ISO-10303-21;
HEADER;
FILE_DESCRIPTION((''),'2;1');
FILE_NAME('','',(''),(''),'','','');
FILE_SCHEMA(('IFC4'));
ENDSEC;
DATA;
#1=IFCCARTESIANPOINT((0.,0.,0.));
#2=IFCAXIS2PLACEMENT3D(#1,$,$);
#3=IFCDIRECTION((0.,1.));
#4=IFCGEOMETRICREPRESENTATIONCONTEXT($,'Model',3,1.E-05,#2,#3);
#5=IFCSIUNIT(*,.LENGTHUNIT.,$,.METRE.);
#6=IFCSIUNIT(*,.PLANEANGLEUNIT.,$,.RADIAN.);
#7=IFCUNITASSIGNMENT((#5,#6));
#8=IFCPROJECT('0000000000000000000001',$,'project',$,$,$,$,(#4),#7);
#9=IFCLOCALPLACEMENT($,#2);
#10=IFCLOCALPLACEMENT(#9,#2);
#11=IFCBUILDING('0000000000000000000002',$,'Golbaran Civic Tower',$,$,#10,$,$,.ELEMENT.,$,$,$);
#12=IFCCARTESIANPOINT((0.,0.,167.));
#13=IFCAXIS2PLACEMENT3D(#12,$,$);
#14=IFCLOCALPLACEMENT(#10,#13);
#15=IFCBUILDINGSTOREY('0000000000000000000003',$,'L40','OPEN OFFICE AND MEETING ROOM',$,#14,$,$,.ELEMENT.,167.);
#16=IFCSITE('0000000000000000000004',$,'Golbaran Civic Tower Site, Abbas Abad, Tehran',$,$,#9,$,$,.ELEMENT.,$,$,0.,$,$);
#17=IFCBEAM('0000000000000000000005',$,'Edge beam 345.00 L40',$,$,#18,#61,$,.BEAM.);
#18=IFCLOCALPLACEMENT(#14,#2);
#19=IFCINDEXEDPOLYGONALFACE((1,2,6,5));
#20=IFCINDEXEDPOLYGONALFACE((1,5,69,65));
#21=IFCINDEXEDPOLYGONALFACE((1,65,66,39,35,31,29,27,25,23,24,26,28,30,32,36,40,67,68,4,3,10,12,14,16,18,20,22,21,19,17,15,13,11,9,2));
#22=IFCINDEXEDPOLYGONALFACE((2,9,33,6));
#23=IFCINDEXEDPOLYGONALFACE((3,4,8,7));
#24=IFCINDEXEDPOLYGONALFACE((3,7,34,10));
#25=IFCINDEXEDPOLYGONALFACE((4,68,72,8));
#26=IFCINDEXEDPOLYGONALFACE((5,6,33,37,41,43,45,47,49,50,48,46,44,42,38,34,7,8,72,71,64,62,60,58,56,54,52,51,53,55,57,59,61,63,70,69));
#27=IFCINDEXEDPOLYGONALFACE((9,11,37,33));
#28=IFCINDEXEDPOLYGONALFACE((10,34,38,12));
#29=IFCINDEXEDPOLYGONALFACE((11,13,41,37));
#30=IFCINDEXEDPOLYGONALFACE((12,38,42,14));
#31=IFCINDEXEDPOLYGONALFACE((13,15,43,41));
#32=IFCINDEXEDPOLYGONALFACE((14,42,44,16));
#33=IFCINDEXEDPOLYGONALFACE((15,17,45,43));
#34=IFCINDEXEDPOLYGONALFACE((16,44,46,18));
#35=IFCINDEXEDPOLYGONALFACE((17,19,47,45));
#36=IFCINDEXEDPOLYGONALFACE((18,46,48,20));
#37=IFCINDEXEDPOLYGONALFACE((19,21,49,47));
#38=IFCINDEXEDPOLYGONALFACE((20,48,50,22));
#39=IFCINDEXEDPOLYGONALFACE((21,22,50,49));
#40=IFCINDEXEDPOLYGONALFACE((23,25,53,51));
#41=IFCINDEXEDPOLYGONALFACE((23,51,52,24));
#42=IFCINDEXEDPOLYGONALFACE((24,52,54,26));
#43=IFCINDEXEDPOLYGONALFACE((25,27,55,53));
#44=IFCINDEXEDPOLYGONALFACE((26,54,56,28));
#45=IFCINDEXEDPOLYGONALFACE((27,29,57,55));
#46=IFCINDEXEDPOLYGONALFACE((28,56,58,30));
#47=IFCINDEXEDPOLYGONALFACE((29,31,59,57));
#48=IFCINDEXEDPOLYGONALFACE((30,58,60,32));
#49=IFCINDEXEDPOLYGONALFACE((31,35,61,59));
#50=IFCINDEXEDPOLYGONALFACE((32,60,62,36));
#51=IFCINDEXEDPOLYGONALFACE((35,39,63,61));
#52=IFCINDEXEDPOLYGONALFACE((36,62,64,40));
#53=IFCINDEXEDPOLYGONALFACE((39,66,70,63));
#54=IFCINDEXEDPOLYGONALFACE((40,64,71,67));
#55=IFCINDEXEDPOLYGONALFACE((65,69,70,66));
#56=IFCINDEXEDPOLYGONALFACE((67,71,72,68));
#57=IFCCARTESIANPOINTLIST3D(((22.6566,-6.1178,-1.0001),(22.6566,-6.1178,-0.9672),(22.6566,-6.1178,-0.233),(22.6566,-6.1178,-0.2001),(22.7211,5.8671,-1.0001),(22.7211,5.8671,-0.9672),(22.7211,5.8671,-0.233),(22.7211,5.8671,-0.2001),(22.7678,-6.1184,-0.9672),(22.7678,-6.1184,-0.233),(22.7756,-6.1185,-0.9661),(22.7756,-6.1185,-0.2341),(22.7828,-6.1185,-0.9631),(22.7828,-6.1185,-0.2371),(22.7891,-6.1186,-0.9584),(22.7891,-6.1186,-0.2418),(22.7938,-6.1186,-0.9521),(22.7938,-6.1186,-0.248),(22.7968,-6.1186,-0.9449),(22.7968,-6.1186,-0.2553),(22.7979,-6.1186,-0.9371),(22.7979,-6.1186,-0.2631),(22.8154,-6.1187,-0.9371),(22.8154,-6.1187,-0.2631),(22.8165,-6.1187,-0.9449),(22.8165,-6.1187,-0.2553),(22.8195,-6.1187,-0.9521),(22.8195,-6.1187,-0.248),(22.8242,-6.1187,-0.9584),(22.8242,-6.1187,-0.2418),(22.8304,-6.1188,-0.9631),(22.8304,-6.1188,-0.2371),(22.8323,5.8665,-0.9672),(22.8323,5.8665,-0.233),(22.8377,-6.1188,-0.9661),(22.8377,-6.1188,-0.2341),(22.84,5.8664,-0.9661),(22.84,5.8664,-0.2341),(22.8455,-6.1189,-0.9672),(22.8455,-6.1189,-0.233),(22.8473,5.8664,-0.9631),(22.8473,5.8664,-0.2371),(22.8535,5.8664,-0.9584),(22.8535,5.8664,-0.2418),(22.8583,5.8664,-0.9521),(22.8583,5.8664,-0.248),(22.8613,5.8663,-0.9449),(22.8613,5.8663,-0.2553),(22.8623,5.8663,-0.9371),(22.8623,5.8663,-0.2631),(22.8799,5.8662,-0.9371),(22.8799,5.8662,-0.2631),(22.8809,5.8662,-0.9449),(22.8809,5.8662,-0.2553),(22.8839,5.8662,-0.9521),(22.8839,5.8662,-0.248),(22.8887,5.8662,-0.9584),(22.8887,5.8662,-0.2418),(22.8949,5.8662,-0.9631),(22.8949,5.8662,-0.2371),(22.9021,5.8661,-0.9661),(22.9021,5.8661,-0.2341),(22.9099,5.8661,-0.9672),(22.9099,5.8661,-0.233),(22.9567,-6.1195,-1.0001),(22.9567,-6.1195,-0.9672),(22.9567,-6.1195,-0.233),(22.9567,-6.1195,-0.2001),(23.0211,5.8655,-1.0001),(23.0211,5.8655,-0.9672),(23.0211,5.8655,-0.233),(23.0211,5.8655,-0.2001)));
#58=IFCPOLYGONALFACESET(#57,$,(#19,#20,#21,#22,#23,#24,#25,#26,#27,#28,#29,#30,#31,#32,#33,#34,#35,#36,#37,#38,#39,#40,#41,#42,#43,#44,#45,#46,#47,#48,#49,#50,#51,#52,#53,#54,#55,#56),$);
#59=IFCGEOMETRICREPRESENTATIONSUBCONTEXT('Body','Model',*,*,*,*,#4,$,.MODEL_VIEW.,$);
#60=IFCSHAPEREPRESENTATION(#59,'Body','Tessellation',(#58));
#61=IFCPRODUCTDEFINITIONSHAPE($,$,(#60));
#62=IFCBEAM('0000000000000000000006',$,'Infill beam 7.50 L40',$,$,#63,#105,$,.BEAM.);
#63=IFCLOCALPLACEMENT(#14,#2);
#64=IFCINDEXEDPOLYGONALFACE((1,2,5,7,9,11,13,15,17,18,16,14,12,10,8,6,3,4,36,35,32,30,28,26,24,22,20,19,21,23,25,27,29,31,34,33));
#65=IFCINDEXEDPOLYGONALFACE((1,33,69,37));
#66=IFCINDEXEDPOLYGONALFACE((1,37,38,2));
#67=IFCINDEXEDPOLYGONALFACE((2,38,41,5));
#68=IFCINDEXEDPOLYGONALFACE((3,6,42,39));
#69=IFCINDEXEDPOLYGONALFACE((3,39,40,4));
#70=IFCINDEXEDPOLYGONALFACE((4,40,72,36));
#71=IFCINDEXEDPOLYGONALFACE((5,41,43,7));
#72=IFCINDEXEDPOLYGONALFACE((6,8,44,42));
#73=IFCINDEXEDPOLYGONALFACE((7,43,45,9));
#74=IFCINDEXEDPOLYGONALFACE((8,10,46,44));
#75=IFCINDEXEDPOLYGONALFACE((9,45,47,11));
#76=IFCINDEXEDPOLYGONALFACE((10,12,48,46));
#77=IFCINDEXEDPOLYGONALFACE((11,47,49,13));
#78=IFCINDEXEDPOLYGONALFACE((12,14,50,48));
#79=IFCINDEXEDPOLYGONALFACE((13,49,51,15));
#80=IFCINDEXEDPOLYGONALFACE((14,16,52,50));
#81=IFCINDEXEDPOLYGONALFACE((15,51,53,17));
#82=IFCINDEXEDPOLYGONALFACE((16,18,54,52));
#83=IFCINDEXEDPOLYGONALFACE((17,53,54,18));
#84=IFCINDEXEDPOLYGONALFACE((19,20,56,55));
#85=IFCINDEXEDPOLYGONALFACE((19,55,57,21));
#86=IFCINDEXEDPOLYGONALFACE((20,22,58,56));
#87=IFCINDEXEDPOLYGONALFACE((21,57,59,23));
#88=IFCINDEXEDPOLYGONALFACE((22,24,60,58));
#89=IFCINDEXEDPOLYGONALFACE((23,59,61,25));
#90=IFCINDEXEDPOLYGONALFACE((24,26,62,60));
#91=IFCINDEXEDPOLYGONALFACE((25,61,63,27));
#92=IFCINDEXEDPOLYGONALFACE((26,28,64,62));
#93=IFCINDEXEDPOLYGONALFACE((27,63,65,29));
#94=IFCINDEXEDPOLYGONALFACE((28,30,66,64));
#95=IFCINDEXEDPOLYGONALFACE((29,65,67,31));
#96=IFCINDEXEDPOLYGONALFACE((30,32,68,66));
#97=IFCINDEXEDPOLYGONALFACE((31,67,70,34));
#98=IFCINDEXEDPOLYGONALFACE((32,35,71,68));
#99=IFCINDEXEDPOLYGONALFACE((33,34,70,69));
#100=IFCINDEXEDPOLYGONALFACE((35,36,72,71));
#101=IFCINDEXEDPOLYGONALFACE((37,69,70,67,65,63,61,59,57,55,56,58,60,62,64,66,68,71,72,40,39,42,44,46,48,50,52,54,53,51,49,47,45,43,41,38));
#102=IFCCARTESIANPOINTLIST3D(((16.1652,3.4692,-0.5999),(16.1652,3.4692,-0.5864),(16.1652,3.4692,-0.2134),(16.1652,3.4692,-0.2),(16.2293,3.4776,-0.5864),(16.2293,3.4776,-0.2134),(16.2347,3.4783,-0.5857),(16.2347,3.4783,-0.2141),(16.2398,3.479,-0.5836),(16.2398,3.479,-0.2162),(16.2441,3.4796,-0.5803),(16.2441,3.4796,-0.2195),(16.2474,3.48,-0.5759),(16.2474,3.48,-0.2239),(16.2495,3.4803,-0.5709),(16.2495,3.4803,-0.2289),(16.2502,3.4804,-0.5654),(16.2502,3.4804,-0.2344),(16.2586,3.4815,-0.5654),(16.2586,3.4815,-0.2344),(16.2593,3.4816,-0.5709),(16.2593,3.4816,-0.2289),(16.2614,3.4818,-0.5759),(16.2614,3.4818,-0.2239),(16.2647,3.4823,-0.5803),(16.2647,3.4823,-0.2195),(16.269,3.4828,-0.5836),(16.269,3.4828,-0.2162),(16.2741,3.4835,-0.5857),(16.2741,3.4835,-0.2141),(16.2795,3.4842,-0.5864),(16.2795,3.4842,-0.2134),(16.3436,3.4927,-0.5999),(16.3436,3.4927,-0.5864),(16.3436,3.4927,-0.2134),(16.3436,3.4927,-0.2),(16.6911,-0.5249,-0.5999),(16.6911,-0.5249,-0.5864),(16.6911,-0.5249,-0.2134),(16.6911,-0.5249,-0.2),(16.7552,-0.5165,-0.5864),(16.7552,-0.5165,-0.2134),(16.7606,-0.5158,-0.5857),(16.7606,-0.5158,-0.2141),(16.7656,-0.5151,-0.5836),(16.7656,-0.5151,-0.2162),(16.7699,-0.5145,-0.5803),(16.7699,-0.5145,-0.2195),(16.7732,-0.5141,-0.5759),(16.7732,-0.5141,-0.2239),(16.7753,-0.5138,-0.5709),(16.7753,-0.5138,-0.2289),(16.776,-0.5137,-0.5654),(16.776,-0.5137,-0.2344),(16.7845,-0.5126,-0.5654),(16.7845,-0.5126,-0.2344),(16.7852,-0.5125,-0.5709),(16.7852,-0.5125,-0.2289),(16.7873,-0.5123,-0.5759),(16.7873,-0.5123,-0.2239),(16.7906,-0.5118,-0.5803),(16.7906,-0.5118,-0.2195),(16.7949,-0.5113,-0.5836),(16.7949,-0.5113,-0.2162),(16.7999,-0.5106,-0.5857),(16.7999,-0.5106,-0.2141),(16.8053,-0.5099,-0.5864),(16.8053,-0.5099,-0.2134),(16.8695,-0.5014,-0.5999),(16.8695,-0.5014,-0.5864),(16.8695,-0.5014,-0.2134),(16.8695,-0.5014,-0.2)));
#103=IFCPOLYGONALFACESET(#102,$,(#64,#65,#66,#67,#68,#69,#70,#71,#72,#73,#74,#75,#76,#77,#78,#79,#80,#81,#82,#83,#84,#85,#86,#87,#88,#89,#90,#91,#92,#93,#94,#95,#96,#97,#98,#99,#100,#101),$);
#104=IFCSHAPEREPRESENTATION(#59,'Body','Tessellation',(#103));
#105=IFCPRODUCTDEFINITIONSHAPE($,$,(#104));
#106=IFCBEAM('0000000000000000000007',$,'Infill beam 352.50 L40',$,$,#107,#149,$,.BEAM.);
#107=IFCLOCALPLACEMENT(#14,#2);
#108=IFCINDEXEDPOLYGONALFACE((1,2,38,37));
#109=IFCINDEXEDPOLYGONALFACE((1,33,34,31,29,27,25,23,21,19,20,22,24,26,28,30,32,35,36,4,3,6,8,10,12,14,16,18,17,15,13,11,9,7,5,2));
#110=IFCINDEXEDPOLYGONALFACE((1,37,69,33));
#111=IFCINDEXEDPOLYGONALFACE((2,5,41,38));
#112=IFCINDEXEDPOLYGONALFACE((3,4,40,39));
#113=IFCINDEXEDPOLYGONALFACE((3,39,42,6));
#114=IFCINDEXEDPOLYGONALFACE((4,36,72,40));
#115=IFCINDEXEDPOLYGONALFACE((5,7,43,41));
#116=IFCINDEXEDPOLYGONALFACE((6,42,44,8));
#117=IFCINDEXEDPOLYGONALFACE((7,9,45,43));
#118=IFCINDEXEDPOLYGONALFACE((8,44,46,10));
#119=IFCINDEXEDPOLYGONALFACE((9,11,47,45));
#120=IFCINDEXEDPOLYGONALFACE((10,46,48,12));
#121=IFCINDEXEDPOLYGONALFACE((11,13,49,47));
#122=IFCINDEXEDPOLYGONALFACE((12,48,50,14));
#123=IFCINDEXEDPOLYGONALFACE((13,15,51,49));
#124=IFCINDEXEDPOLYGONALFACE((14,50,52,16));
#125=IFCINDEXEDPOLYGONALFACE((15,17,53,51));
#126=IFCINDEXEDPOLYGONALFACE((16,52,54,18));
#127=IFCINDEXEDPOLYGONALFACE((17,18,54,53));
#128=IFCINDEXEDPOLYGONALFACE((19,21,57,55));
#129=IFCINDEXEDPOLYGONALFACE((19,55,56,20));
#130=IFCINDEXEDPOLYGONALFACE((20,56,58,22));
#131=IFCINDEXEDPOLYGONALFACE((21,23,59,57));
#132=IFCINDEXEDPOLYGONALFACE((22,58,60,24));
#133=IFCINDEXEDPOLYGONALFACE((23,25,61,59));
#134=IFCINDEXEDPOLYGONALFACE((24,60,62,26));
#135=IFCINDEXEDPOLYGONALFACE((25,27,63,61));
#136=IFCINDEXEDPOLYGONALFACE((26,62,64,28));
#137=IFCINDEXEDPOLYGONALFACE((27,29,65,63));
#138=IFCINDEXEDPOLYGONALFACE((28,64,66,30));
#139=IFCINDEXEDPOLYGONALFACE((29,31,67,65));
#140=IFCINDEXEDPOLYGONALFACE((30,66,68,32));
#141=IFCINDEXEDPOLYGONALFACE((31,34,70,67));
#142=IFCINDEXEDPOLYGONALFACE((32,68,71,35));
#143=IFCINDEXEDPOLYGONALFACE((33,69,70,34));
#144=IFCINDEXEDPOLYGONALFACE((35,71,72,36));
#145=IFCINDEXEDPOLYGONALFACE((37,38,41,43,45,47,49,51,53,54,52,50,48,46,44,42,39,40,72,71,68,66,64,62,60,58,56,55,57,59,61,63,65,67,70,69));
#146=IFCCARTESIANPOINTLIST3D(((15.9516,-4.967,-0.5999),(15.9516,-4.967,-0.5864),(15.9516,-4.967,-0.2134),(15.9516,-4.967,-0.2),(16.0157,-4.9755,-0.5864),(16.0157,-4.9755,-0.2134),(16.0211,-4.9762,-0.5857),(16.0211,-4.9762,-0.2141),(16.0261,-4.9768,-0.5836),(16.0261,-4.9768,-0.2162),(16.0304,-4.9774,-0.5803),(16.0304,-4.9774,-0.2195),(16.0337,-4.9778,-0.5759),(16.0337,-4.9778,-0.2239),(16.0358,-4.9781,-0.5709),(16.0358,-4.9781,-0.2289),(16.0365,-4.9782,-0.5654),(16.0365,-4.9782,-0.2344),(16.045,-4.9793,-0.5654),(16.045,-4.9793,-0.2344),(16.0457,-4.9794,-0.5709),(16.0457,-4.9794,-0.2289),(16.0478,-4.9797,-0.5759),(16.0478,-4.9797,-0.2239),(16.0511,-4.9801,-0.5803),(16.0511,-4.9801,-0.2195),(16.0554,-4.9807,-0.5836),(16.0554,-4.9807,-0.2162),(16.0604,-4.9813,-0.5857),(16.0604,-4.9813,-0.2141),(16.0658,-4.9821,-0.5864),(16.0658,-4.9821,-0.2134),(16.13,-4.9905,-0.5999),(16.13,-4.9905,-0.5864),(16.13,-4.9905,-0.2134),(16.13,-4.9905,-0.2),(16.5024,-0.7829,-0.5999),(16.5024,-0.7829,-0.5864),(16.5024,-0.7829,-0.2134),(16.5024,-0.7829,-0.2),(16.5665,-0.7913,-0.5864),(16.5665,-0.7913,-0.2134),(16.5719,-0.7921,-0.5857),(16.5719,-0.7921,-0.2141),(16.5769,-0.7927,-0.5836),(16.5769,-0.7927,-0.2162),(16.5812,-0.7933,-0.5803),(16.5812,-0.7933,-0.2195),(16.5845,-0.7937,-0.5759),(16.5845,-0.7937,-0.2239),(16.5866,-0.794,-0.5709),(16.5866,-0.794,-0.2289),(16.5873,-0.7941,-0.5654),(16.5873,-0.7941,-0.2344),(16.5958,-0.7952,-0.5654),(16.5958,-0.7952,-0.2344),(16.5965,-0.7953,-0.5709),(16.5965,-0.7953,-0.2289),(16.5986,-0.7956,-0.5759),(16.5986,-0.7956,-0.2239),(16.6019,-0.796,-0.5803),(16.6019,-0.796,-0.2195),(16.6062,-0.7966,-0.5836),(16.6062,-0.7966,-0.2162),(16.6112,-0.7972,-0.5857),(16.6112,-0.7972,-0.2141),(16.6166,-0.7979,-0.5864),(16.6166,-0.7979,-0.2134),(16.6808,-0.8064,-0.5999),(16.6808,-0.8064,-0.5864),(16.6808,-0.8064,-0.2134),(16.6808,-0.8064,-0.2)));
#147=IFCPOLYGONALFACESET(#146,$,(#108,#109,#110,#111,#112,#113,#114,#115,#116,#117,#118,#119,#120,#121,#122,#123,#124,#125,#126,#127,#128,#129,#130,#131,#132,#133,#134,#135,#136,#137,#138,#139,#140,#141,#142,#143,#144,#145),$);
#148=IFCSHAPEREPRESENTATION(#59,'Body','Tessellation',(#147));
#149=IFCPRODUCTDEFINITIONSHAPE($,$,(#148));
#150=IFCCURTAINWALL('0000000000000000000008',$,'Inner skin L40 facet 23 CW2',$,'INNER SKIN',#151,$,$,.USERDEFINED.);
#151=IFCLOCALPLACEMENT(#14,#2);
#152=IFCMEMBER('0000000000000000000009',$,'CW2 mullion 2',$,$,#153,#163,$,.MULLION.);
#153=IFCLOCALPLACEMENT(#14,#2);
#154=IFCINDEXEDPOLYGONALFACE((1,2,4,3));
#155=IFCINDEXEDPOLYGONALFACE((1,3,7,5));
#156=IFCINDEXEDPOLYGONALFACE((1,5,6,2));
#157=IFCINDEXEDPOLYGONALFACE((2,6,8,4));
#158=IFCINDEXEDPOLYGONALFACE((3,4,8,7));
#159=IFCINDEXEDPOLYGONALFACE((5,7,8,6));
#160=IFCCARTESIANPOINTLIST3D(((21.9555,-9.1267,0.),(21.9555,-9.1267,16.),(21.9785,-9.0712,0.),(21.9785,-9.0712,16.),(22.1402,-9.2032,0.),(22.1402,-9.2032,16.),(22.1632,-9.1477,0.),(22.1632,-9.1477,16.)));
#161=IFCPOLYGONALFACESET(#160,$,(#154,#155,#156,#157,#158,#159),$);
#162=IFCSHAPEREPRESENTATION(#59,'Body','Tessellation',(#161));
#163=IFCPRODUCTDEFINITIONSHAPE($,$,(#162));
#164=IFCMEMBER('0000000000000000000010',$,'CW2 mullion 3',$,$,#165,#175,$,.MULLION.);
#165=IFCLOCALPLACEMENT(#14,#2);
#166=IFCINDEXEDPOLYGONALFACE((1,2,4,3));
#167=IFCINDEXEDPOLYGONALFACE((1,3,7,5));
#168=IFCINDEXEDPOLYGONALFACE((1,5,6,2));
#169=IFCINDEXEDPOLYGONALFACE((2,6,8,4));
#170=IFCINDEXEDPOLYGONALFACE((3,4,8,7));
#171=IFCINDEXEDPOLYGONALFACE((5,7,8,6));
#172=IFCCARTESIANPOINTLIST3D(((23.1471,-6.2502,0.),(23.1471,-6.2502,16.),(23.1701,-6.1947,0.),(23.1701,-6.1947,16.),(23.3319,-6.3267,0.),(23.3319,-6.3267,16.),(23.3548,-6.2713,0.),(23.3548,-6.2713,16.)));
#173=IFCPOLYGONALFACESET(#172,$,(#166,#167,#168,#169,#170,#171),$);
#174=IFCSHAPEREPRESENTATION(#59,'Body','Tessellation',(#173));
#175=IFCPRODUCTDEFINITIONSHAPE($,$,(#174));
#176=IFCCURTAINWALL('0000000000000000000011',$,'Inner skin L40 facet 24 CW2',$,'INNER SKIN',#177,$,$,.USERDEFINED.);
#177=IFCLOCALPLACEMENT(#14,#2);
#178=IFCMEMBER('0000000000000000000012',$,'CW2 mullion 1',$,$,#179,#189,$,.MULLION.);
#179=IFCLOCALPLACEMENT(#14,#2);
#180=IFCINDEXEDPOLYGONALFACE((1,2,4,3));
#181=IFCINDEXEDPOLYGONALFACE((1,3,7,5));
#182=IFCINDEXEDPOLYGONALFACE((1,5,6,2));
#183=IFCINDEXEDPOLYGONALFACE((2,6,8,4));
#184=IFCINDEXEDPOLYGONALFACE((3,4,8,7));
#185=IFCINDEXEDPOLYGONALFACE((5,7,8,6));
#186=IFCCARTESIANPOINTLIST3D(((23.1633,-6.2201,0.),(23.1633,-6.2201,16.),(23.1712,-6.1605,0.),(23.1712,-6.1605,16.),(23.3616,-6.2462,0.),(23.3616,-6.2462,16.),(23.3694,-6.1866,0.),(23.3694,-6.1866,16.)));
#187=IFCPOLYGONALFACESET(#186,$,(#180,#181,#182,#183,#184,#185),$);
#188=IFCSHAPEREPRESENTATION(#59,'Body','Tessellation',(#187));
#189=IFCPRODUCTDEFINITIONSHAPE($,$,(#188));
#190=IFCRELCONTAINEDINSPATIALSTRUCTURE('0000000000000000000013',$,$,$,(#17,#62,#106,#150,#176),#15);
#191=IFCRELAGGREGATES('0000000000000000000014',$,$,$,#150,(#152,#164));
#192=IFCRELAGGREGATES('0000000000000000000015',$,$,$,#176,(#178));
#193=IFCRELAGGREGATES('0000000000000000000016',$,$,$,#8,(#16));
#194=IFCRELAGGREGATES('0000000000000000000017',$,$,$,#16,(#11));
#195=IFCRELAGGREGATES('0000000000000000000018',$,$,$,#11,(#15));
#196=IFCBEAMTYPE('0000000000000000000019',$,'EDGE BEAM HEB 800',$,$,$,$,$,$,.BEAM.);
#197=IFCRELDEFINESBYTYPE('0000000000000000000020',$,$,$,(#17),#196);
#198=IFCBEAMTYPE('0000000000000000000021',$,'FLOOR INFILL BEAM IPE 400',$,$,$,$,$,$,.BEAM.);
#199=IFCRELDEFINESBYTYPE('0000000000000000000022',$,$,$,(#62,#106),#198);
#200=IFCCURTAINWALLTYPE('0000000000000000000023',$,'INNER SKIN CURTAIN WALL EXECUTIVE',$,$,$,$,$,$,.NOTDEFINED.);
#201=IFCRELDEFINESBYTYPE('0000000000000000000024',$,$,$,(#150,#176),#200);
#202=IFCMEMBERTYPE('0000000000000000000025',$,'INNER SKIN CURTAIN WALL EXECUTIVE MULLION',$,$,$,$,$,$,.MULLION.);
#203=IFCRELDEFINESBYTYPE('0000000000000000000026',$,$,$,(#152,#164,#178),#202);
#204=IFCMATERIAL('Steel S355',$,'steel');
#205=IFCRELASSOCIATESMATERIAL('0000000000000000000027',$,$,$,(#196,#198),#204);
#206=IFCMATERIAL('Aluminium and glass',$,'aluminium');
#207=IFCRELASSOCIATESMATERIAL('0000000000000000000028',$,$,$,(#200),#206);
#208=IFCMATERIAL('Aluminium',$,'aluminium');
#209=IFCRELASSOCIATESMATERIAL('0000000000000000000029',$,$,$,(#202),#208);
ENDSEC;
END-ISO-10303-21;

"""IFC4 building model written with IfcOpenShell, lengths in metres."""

from ifc_helpers import new_model, si_unit, direction, frame, origin, origin_2d, place, context, subcontext, project, spatial, rectangle, i_section, extrude, material, material_profile, profile_set, type_object, element, aggregate, save


model = new_model("IFC4")

# Units and contexts
model_context = context("Model", 3, precision=1e-05, world=origin(), true_north=direction((0.0, 1.0)))
body_context = subcontext(model_context, "Body", "Model", "MODEL_VIEW")
ifc_project = project(units=[si_unit("LENGTHUNIT", "METRE"), si_unit("PLANEANGLEUNIT", "RADIAN")], contexts=[model_context])

# Site, building, storey
site_placement = place(None, origin())
site = spatial("IfcSite", under=ifc_project, at=site_placement, Name="Golbaran Civic Tower Site, Abbas Abad, Tehran", CompositionType="ELEMENT", RefElevation=0.0)
building_placement = place(site_placement, origin())
building = spatial("IfcBuilding", under=site, at=building_placement, Name="Golbaran Civic Tower", CompositionType="ELEMENT")
storey_placement = place(building_placement, frame((0.0, 0.0, 167.0)))
storey = spatial("IfcBuildingStorey", under=building, at=storey_placement, Name="L40", Description="OPEN OFFICE AND MEETING ROOM", CompositionType="ELEMENT", Elevation=167.0)

# Beams
ifc_material_1 = material(Name="Steel S355", Category="steel")
ifc_material_profile_1 = material_profile(ifc_material_1, i_section(OverallWidth=0.3, OverallDepth=0.8, WebThickness=0.0176, FlangeThickness=0.033, FilletRadius=0.03, at=origin_2d()), Name="HEB 800")
ifc_profile_set_1 = profile_set([ifc_material_profile_1], Name="Steel S355")
beam_type_1 = type_object("IfcBeamType", Name="EDGE BEAM HEB 800", PredefinedType="BEAM", material=ifc_profile_set_1)
beam_1_placement = place(storey_placement, frame((22.8066, -6.1187, -0.6001), z_axis=(0.005378, 0.999986, 0.0), x_axis=(-0.999986, 0.005378, 0.0)))
element("IfcBeam", 1, at=beam_1_placement, inside=storey, type_object=beam_type_1, Name="Edge beam 345.00 L40", PredefinedType="BEAM", context=body_context, shape_type="SweptSolid", body=[
    extrude(i_section(OverallWidth=0.3, OverallDepth=0.8, WebThickness=0.0176, FlangeThickness=0.033, FilletRadius=0.03, at=origin_2d()), origin(), (0.0, 0.0, 1.0), 11.9851),
])
ifc_material_profile_2 = material_profile(ifc_material_1, i_section(OverallWidth=0.1799, OverallDepth=0.3999, WebThickness=0.0085, FlangeThickness=0.0134, FilletRadius=0.021, at=origin_2d()), Name="IPE 400")
ifc_profile_set_2 = profile_set([ifc_material_profile_2], Name="Steel S355")
beam_type_2 = type_object("IfcBeamType", Name="FLOOR INFILL BEAM IPE 400", PredefinedType="BEAM", material=ifc_profile_set_2)
beam_2_placement = place(storey_placement, frame((16.7803, -0.5132, -0.3999), z_axis=(-0.130536, 0.991444, 0.0), x_axis=(-0.991444, -0.130536, 0.0)))
element("IfcBeam", 2, at=beam_2_placement, inside=storey, type_object=beam_type_2, Name="Infill beam 7.50 L40", PredefinedType="BEAM", context=body_context, shape_type="SweptSolid", body=[
    extrude(i_section(OverallWidth=0.1799, OverallDepth=0.3999, WebThickness=0.0085, FlangeThickness=0.0134, FilletRadius=0.021, at=origin_2d()), origin(), (0.0, 0.0, 1.0), 4.0286),
])
beam_3_placement = place(storey_placement, frame((16.0408, -4.9788, -0.3999), z_axis=(0.130511, 0.991447, 0.0), x_axis=(-0.991447, 0.130511, 0.0)))
element("IfcBeam", 3, at=beam_3_placement, inside=storey, type_object=beam_type_2, Name="Infill beam 352.50 L40", PredefinedType="BEAM", context=body_context, shape_type="SweptSolid", body=[
    extrude(i_section(OverallWidth=0.1799, OverallDepth=0.3999, WebThickness=0.0085, FlangeThickness=0.0134, FilletRadius=0.021, at=origin_2d()), origin(), (0.0, 0.0, 1.0), 4.2202),
])

# Curtain wall, members
ifc_material_2 = material(Name="Aluminium and glass", Category="aluminium")
curtain_wall_type = type_object("IfcCurtainWallType", Name="INNER SKIN CURTAIN WALL EXECUTIVE", PredefinedType="NOTDEFINED", material=ifc_material_2)
curtain_wall_1_placement = place(storey_placement, origin())
curtain_wall_1 = element("IfcCurtainWall", 4, at=curtain_wall_1_placement, inside=storey, type_object=curtain_wall_type, Name="Inner skin L40 facet 23 CW2", ObjectType="INNER SKIN", PredefinedType="USERDEFINED")
ifc_material_3 = material(Name="Aluminium", Category="aluminium")
ifc_material_profile_3 = material_profile(ifc_material_3, rectangle(XDim=0.2, YDim=0.0601, at=origin_2d()), Name="INNER SKIN CURTAIN WALL EXECUTIVE MULLION")
ifc_profile_set_3 = profile_set([ifc_material_profile_3], Name="Aluminium")
member_type_1 = type_object("IfcMemberType", Name="INNER SKIN CURTAIN WALL EXECUTIVE MULLION", PredefinedType="MULLION", material=ifc_profile_set_3)
member_1_placement = place(storey_placement, frame((22.0593, -9.1372, 0.0), z_axis=(0.0, 0.0, 1.0), x_axis=(-0.92388, 0.382683, 0.0)))
member_1 = element("IfcMember", 5, at=member_1_placement, type_object=member_type_1, Name="CW2 mullion 2", PredefinedType="MULLION", context=body_context, shape_type="SweptSolid", body=[
    extrude(rectangle(XDim=0.2, YDim=0.0601, at=origin_2d()), origin(), (0.0, 0.0, 1.0), 16.0),
])
member_2_placement = place(storey_placement, frame((23.251, -6.2607, 0.0), z_axis=(0.0, 0.0, 1.0), x_axis=(-0.92388, 0.382683, 0.0)))
member_2 = element("IfcMember", 6, at=member_2_placement, type_object=member_type_1, Name="CW2 mullion 3", PredefinedType="MULLION", context=body_context, shape_type="SweptSolid", body=[
    extrude(rectangle(XDim=0.2, YDim=0.0601, at=origin_2d()), origin(), (0.0, 0.0, 1.0), 16.0),
])

# Curtain wall, member
curtain_wall_2_placement = place(storey_placement, origin())
curtain_wall_2 = element("IfcCurtainWall", 7, at=curtain_wall_2_placement, inside=storey, type_object=curtain_wall_type, Name="Inner skin L40 facet 24 CW2", ObjectType="INNER SKIN", PredefinedType="USERDEFINED")
member_3_placement = place(storey_placement, frame((23.2664, -6.2034, 0.0), z_axis=(0.0, 0.0, 1.0), x_axis=(-0.991445, 0.130526, 0.0)))
member_3 = element("IfcMember", 8, at=member_3_placement, type_object=member_type_1, Name="CW2 mullion 1", PredefinedType="MULLION", context=body_context, shape_type="SweptSolid", body=[
    extrude(rectangle(XDim=0.2, YDim=0.0601, at=origin_2d()), origin(), (0.0, 0.0, 1.0), 16.0),
])

aggregate(curtain_wall_1, [member_1, member_2])
aggregate(curtain_wall_2, [member_3])

save(model, "model.ifc")
